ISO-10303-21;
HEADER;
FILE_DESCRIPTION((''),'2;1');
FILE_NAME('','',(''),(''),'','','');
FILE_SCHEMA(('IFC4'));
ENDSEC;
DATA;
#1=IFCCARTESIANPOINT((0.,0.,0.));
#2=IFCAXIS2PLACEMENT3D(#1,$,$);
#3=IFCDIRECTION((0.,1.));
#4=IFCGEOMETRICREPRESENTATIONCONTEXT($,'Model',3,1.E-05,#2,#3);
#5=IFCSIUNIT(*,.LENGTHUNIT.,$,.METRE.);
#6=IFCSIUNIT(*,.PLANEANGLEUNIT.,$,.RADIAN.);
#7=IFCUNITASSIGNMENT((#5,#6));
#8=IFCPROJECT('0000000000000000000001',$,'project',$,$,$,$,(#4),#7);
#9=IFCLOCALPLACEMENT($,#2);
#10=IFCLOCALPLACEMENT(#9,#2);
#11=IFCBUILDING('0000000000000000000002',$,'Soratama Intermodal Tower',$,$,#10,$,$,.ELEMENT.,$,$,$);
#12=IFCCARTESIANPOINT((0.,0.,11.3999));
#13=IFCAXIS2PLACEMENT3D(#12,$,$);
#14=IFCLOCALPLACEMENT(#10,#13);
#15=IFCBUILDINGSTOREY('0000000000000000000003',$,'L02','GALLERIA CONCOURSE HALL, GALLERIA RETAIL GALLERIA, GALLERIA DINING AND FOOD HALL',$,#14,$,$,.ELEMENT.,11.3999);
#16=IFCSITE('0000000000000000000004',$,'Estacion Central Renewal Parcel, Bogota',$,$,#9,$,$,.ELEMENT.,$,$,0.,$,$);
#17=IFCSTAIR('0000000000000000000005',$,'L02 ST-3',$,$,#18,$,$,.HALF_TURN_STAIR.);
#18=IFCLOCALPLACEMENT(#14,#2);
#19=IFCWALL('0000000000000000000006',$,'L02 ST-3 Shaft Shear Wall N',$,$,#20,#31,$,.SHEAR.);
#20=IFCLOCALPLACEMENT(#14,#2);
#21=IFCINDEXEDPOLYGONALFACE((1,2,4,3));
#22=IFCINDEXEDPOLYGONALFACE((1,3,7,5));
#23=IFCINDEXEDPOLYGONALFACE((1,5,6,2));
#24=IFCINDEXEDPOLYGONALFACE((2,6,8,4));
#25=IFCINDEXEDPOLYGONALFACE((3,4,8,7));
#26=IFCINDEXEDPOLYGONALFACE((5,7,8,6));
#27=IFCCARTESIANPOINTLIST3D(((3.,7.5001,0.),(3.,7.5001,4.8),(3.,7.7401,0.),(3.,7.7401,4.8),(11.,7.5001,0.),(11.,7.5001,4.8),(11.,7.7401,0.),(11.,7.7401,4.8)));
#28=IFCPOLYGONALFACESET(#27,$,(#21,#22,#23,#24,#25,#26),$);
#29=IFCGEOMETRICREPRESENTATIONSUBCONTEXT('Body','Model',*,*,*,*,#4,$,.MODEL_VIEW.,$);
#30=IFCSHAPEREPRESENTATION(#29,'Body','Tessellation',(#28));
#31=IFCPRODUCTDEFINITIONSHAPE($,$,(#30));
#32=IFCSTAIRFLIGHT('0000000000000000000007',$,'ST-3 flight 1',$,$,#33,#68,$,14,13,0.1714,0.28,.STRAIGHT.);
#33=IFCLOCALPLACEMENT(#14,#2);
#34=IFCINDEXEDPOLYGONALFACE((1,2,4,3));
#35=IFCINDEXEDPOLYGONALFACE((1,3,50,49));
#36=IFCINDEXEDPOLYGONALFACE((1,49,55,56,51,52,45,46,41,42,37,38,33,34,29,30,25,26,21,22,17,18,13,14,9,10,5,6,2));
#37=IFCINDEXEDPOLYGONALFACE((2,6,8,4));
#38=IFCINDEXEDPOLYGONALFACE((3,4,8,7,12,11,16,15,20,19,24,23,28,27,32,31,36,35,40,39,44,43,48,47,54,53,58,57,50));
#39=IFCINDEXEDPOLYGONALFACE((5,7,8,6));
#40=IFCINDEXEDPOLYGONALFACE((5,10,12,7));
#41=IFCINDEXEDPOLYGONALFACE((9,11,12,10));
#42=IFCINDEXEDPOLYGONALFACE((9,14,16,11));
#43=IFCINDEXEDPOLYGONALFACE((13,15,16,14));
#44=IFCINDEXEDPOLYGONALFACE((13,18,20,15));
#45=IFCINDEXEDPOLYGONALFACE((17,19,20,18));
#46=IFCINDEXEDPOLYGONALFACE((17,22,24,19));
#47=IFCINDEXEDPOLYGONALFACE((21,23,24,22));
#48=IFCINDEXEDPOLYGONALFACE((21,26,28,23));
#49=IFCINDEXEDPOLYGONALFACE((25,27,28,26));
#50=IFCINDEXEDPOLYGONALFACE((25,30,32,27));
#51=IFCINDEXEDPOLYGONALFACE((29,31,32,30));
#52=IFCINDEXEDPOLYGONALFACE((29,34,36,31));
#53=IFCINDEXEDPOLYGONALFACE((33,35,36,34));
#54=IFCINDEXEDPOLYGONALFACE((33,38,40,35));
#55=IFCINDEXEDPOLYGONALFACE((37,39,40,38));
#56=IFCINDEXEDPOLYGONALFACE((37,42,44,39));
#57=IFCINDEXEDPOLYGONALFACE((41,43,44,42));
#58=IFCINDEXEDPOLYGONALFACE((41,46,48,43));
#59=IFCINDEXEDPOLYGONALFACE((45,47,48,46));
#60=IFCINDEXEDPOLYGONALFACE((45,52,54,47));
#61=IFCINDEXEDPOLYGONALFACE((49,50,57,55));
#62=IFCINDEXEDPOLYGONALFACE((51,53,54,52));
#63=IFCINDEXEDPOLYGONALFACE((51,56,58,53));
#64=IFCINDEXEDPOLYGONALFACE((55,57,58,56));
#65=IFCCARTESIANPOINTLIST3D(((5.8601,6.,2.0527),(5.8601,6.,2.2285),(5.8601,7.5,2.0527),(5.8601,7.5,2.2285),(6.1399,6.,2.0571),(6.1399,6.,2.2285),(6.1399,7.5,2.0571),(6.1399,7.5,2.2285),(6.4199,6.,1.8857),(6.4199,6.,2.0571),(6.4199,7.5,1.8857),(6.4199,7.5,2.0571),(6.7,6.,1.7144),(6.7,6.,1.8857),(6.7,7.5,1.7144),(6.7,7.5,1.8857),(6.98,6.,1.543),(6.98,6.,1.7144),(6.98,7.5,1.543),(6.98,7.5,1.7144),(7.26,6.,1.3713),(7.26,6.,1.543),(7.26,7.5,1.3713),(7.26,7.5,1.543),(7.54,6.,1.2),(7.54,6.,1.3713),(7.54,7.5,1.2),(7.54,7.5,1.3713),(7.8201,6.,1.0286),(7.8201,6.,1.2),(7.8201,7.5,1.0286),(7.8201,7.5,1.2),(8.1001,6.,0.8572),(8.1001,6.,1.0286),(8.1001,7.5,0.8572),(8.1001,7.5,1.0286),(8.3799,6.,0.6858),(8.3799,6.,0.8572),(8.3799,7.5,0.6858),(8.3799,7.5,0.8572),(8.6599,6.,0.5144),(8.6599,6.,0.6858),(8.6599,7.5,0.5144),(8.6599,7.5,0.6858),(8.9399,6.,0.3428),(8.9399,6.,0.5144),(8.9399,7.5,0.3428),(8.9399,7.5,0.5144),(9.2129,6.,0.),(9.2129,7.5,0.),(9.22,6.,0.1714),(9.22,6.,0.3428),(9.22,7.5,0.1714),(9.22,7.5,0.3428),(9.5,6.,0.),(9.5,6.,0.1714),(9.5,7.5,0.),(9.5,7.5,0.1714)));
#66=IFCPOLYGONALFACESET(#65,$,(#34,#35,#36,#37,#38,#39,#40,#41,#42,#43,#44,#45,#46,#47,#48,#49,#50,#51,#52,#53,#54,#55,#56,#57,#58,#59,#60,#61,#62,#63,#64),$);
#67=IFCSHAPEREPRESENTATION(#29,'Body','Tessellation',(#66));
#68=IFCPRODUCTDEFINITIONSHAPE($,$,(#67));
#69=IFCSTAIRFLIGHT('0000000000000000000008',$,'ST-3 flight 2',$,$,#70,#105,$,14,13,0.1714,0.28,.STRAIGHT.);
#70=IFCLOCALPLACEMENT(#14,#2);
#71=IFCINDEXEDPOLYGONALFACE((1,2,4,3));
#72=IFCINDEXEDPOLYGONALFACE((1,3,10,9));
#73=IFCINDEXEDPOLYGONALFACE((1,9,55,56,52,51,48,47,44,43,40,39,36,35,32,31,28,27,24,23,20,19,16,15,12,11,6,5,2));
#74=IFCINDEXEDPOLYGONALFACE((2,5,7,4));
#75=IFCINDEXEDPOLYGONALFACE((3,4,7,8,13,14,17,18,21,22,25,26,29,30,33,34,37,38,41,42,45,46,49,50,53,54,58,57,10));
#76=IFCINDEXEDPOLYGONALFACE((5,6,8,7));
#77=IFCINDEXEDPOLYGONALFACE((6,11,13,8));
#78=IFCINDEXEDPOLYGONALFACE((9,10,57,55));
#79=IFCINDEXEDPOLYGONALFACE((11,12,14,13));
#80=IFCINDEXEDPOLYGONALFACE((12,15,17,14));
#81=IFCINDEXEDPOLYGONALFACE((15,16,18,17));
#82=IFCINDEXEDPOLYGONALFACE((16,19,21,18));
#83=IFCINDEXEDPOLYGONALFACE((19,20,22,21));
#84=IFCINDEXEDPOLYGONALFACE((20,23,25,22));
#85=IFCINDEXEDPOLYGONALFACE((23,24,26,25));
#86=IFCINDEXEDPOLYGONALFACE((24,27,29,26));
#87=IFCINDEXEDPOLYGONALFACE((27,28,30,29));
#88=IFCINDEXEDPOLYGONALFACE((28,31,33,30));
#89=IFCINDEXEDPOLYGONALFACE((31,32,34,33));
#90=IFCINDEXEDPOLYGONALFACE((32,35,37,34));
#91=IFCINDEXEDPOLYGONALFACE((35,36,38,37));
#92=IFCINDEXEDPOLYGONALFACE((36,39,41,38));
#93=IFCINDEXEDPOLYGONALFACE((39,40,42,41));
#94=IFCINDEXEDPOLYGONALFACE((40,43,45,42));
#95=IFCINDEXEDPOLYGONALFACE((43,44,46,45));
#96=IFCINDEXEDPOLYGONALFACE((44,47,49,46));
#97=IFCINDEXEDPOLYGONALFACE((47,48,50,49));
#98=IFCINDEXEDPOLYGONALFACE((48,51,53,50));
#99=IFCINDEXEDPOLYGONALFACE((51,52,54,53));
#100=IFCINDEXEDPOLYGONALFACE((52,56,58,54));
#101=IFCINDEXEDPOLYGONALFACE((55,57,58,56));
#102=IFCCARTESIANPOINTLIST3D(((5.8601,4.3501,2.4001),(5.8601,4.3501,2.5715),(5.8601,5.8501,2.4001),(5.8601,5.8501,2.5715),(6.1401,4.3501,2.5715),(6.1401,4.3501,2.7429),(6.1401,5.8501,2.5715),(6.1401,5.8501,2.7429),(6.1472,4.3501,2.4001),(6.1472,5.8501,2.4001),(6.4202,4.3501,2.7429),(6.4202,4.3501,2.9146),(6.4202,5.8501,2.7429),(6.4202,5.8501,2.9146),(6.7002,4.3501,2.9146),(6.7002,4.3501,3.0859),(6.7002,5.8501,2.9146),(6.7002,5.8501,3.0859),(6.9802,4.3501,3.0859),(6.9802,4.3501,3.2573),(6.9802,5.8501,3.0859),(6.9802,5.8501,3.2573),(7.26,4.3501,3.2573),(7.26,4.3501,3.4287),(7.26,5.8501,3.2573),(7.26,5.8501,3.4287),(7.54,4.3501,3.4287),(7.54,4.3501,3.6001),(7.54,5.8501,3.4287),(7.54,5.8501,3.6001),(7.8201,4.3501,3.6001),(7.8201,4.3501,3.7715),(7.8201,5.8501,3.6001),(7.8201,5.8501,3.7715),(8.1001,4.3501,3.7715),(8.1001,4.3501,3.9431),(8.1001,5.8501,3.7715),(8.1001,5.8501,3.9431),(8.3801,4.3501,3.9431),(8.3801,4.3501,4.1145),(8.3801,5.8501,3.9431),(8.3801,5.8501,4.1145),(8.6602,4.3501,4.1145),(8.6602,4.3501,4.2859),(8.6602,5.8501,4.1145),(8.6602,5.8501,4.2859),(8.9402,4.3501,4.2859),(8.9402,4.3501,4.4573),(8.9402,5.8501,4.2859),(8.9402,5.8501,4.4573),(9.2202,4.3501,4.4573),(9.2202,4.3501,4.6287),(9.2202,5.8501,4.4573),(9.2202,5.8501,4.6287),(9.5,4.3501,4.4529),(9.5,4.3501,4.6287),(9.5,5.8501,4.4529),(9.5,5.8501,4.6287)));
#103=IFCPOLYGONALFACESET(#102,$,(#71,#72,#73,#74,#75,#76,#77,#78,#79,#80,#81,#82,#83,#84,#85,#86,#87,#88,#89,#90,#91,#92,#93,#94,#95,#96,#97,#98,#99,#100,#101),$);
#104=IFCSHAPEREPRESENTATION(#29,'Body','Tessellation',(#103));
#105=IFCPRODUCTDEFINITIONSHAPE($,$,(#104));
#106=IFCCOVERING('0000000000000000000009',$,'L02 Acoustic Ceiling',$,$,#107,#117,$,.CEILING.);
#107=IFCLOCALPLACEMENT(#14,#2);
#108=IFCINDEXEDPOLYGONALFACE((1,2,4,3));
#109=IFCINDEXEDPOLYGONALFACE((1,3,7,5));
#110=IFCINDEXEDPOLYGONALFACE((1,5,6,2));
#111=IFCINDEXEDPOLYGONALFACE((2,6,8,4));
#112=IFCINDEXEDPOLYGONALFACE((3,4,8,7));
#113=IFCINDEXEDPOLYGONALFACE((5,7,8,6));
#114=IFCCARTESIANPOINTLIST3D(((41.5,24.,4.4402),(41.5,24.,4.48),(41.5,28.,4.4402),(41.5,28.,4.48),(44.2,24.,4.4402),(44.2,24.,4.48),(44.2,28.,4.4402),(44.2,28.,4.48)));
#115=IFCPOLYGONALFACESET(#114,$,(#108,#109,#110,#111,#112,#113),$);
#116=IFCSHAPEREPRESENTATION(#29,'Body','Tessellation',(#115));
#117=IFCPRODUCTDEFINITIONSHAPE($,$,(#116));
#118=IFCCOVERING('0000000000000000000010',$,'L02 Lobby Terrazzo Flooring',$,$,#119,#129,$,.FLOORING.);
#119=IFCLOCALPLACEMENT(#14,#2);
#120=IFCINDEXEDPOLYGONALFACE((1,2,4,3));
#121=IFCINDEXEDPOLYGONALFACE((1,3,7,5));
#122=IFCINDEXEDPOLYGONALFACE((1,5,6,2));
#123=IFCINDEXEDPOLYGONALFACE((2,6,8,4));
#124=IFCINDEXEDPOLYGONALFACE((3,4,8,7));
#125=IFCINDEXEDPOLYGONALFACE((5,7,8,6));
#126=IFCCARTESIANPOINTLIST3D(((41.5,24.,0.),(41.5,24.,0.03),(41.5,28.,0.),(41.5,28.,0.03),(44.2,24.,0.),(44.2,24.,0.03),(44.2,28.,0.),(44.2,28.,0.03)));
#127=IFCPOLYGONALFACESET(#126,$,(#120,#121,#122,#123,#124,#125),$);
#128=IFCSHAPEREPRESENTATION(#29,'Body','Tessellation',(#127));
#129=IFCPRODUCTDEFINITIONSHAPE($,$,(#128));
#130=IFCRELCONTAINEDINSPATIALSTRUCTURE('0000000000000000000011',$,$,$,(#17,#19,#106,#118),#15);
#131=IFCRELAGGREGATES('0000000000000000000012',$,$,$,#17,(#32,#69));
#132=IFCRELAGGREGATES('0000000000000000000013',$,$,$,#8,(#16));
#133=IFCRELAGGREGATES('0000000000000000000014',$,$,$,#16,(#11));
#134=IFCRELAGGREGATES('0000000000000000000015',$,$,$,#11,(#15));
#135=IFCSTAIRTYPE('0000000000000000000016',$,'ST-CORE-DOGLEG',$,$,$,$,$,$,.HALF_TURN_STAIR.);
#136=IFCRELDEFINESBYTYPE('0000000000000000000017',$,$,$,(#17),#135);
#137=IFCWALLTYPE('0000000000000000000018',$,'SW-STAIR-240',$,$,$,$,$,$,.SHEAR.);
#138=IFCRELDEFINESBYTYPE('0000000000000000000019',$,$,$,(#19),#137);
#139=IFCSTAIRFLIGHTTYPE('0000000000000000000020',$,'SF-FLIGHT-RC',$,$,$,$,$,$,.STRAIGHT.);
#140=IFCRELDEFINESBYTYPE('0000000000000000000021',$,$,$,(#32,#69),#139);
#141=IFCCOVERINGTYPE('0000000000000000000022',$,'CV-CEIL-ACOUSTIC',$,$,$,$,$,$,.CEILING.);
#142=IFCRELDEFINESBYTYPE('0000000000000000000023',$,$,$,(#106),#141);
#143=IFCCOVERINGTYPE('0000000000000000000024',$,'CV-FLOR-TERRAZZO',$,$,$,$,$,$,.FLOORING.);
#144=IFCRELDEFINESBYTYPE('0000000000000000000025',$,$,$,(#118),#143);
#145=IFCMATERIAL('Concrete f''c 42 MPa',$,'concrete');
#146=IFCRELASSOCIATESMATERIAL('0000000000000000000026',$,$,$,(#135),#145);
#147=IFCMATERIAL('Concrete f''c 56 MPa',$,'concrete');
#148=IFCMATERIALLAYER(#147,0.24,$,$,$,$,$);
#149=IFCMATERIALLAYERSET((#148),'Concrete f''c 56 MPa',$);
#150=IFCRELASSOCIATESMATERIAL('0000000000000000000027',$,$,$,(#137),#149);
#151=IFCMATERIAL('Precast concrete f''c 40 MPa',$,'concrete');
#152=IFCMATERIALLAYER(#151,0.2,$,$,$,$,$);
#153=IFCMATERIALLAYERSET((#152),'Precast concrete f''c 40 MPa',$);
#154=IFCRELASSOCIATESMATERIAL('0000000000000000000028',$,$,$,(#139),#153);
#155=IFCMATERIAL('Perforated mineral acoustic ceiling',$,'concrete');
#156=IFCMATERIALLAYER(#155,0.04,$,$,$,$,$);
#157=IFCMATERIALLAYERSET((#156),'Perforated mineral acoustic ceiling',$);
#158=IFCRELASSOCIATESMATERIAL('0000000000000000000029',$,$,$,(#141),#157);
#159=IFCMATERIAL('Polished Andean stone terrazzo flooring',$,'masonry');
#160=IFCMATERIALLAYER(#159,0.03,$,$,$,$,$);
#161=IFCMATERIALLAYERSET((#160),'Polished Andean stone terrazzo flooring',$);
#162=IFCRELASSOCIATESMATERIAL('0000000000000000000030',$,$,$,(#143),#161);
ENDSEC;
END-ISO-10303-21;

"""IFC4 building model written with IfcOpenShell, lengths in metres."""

from ifc_helpers import new_model, si_unit, direction, frame, frame_2d, origin, place, context, subcontext, project, spatial, polyline, rectangle, outline, extrude, material, layer, layer_set, type_object, element, aggregate, save


model = new_model("IFC4")

# Units and contexts
model_context = context("Model", 3, precision=1e-05, world=origin(), true_north=direction((0.0, 1.0)))
body_context = subcontext(model_context, "Body", "Model", "MODEL_VIEW")
ifc_project = project(units=[si_unit("LENGTHUNIT", "METRE"), si_unit("PLANEANGLEUNIT", "RADIAN")], contexts=[model_context])

# Site, building, storey
site_placement = place(None, origin())
site = spatial("IfcSite", under=ifc_project, at=site_placement, Name="Estacion Central Renewal Parcel, Bogota", CompositionType="ELEMENT", RefElevation=0.0)
building_placement = place(site_placement, origin())
building = spatial("IfcBuilding", under=site, at=building_placement, Name="Soratama Intermodal Tower", CompositionType="ELEMENT")
storey_placement = place(building_placement, frame((0.0, 0.0, 11.3999)))
storey = spatial("IfcBuildingStorey", under=building, at=storey_placement, Name="L02", Description="GALLERIA CONCOURSE HALL, GALLERIA RETAIL GALLERIA, GALLERIA DINING AND FOOD HALL", CompositionType="ELEMENT", Elevation=11.3999)

# Stair
ifc_material_1 = material(Name="Concrete f'c 42 MPa", Category="concrete")
stair_type = type_object("IfcStairType", Name="ST-CORE-DOGLEG", PredefinedType="HALF_TURN_STAIR", material=ifc_material_1)
stair_1_placement = place(storey_placement, origin())
stair_1 = element("IfcStair", 1, at=stair_1_placement, inside=storey, type_object=stair_type, Name="L02 ST-3", PredefinedType="HALF_TURN_STAIR")

# Wall
ifc_material_2 = material(Name="Concrete f'c 56 MPa", Category="concrete")
ifc_layer_1 = layer(ifc_material_2, 0.24)
ifc_layer_set_1 = layer_set([ifc_layer_1], Name="Concrete f'c 56 MPa")
wall_type_1 = type_object("IfcWallType", Name="SW-STAIR-240", PredefinedType="SHEAR", material=ifc_layer_set_1)
for number, where, z_axis, x_axis, name in (
    (2, (3.0, 7.6201, 0.0), (0.0, 0.0, 1.0), (1.0, 0.0, 0.0), "L02 ST-3 Shaft Shear Wall N"),
):
    element("IfcWall", number, at=place(storey_placement, frame(where, z_axis=z_axis, x_axis=x_axis)), inside=storey, type_object=wall_type_1, Name=name, PredefinedType="SHEAR", context=body_context, shape_type="SweptSolid", body=[
        extrude(rectangle(XDim=8.0, YDim=0.24, at=frame_2d((4.0, 0.0))), origin(), (0.0, 0.0, 1.0), 4.8),
    ])

# Stair flights
ifc_material_3 = material(Name="Precast concrete f'c 40 MPa", Category="concrete")
ifc_layer_2 = layer(ifc_material_3, 0.2)
ifc_layer_set_2 = layer_set([ifc_layer_2], Name="Precast concrete f'c 40 MPa")
stair_flight_type = type_object("IfcStairFlightType", Name="SF-FLIGHT-RC", PredefinedType="STRAIGHT", material=ifc_layer_set_2)
stair_flight_1_placement = place(storey_placement, frame((9.5, 6.75, 0.0), z_axis=(0.0, 0.0, 1.0), x_axis=(-1.0, 0.0, 0.0)))
stair_flight_1 = element("IfcStairFlight", 3, at=stair_flight_1_placement, type_object=stair_flight_type, Name="ST-3 flight 1", NumberOfRisers=14, NumberOfTreads=13, PredefinedType="STRAIGHT", RiserHeight=0.1714, TreadLength=0.28, context=body_context, shape_type="SweptSolid", body=[
    extrude(outline(polyline([(0.0, 0.0), (0.0, 0.1714), (0.28, 0.1714), (0.28, 0.3428), (0.5601, 0.3428), (0.5601, 0.5144), (0.8401, 0.5144), (0.8401, 0.6858), (1.1201, 0.6858), (1.1201, 0.8572), (1.3999, 0.8572), (1.3999, 1.0286), (1.6799, 1.0286), (1.6799, 1.2), (1.96, 1.2), (1.96, 1.3713), (2.24, 1.3713), (2.24, 1.543), (2.52, 1.543), (2.52, 1.7144), (2.8, 1.7144), (2.8, 1.8857), (3.0801, 1.8857), (3.0801, 2.0571), (3.3601, 2.0571), (3.3601, 2.2285), (3.6399, 2.2285), (3.6399, 2.3999), (3.6399, 2.0527), (0.2871, 0.0), (0.0, 0.0)])), frame((0.0, 0.75, 0.0), z_axis=(0.0, -1.0, 0.0), x_axis=(1.0, 0.0, 0.0)), (0.0, 0.0, 1.0), 1.5),
])
stair_flight_2_placement = place(storey_placement, frame((5.8601, 5.1001, 2.4001), z_axis=(0.0, 0.0, 1.0), x_axis=(1.0, 0.0, 0.0)))
stair_flight_2 = element("IfcStairFlight", 4, at=stair_flight_2_placement, type_object=stair_flight_type, Name="ST-3 flight 2", NumberOfRisers=14, NumberOfTreads=13, PredefinedType="STRAIGHT", RiserHeight=0.1714, TreadLength=0.28, context=body_context, shape_type="SweptSolid", body=[
    extrude(outline(polyline([(0.0, 0.0), (0.0, 0.1714), (0.28, 0.1714), (0.28, 0.3428), (0.5601, 0.3428), (0.5601, 0.5144), (0.8401, 0.5144), (0.8401, 0.6858), (1.1201, 0.6858), (1.1201, 0.8572), (1.3999, 0.8572), (1.3999, 1.0286), (1.6799, 1.0286), (1.6799, 1.2), (1.96, 1.2), (1.96, 1.3713), (2.24, 1.3713), (2.24, 1.543), (2.52, 1.543), (2.52, 1.7144), (2.8, 1.7144), (2.8, 1.8857), (3.0801, 1.8857), (3.0801, 2.0571), (3.3601, 2.0571), (3.3601, 2.2285), (3.6399, 2.2285), (3.6399, 2.3999), (3.6399, 2.0527), (0.2871, 0.0), (0.0, 0.0)])), frame((0.0, 0.75, 0.0), z_axis=(0.0, -1.0, 0.0), x_axis=(1.0, 0.0, 0.0)), (0.0, 0.0, 1.0), 1.5),
])
aggregate(stair_1, [stair_flight_1, stair_flight_2])

# Coverings
ifc_material_4 = material(Name="Perforated mineral acoustic ceiling", Category="concrete")
ifc_layer_3 = layer(ifc_material_4, 0.04)
ifc_layer_set_3 = layer_set([ifc_layer_3], Name="Perforated mineral acoustic ceiling")
covering_type_1 = type_object("IfcCoveringType", Name="CV-CEIL-ACOUSTIC", PredefinedType="CEILING", material=ifc_layer_set_3)
covering_1_placement = place(storey_placement, frame((0.0, 0.0, 4.4402)))
element("IfcCovering", 5, at=covering_1_placement, inside=storey, type_object=covering_type_1, Name="L02 Acoustic Ceiling", PredefinedType="CEILING", context=body_context, shape_type="SweptSolid", body=[
    extrude(outline(polyline([(41.5, 24.0), (44.2, 24.0), (44.2, 28.0), (41.5, 28.0), (41.5, 24.0)])), origin(), (0.0, 0.0, 1.0), 0.0398),
])
ifc_material_5 = material(Name="Polished Andean stone terrazzo flooring", Category="masonry")
ifc_layer_4 = layer(ifc_material_5, 0.03)
ifc_layer_set_4 = layer_set([ifc_layer_4], Name="Polished Andean stone terrazzo flooring")
covering_type_2 = type_object("IfcCoveringType", Name="CV-FLOR-TERRAZZO", PredefinedType="FLOORING", material=ifc_layer_set_4)
covering_2_placement = place(storey_placement, origin())
element("IfcCovering", 6, at=covering_2_placement, inside=storey, type_object=covering_type_2, Name="L02 Lobby Terrazzo Flooring", PredefinedType="FLOORING", context=body_context, shape_type="SweptSolid", body=[
    extrude(outline(polyline([(41.5, 24.0), (44.2, 24.0), (44.2, 28.0), (41.5, 28.0), (41.5, 24.0)])), origin(), (0.0, 0.0, 1.0), 0.03),
])

save(model, "model.ifc")
